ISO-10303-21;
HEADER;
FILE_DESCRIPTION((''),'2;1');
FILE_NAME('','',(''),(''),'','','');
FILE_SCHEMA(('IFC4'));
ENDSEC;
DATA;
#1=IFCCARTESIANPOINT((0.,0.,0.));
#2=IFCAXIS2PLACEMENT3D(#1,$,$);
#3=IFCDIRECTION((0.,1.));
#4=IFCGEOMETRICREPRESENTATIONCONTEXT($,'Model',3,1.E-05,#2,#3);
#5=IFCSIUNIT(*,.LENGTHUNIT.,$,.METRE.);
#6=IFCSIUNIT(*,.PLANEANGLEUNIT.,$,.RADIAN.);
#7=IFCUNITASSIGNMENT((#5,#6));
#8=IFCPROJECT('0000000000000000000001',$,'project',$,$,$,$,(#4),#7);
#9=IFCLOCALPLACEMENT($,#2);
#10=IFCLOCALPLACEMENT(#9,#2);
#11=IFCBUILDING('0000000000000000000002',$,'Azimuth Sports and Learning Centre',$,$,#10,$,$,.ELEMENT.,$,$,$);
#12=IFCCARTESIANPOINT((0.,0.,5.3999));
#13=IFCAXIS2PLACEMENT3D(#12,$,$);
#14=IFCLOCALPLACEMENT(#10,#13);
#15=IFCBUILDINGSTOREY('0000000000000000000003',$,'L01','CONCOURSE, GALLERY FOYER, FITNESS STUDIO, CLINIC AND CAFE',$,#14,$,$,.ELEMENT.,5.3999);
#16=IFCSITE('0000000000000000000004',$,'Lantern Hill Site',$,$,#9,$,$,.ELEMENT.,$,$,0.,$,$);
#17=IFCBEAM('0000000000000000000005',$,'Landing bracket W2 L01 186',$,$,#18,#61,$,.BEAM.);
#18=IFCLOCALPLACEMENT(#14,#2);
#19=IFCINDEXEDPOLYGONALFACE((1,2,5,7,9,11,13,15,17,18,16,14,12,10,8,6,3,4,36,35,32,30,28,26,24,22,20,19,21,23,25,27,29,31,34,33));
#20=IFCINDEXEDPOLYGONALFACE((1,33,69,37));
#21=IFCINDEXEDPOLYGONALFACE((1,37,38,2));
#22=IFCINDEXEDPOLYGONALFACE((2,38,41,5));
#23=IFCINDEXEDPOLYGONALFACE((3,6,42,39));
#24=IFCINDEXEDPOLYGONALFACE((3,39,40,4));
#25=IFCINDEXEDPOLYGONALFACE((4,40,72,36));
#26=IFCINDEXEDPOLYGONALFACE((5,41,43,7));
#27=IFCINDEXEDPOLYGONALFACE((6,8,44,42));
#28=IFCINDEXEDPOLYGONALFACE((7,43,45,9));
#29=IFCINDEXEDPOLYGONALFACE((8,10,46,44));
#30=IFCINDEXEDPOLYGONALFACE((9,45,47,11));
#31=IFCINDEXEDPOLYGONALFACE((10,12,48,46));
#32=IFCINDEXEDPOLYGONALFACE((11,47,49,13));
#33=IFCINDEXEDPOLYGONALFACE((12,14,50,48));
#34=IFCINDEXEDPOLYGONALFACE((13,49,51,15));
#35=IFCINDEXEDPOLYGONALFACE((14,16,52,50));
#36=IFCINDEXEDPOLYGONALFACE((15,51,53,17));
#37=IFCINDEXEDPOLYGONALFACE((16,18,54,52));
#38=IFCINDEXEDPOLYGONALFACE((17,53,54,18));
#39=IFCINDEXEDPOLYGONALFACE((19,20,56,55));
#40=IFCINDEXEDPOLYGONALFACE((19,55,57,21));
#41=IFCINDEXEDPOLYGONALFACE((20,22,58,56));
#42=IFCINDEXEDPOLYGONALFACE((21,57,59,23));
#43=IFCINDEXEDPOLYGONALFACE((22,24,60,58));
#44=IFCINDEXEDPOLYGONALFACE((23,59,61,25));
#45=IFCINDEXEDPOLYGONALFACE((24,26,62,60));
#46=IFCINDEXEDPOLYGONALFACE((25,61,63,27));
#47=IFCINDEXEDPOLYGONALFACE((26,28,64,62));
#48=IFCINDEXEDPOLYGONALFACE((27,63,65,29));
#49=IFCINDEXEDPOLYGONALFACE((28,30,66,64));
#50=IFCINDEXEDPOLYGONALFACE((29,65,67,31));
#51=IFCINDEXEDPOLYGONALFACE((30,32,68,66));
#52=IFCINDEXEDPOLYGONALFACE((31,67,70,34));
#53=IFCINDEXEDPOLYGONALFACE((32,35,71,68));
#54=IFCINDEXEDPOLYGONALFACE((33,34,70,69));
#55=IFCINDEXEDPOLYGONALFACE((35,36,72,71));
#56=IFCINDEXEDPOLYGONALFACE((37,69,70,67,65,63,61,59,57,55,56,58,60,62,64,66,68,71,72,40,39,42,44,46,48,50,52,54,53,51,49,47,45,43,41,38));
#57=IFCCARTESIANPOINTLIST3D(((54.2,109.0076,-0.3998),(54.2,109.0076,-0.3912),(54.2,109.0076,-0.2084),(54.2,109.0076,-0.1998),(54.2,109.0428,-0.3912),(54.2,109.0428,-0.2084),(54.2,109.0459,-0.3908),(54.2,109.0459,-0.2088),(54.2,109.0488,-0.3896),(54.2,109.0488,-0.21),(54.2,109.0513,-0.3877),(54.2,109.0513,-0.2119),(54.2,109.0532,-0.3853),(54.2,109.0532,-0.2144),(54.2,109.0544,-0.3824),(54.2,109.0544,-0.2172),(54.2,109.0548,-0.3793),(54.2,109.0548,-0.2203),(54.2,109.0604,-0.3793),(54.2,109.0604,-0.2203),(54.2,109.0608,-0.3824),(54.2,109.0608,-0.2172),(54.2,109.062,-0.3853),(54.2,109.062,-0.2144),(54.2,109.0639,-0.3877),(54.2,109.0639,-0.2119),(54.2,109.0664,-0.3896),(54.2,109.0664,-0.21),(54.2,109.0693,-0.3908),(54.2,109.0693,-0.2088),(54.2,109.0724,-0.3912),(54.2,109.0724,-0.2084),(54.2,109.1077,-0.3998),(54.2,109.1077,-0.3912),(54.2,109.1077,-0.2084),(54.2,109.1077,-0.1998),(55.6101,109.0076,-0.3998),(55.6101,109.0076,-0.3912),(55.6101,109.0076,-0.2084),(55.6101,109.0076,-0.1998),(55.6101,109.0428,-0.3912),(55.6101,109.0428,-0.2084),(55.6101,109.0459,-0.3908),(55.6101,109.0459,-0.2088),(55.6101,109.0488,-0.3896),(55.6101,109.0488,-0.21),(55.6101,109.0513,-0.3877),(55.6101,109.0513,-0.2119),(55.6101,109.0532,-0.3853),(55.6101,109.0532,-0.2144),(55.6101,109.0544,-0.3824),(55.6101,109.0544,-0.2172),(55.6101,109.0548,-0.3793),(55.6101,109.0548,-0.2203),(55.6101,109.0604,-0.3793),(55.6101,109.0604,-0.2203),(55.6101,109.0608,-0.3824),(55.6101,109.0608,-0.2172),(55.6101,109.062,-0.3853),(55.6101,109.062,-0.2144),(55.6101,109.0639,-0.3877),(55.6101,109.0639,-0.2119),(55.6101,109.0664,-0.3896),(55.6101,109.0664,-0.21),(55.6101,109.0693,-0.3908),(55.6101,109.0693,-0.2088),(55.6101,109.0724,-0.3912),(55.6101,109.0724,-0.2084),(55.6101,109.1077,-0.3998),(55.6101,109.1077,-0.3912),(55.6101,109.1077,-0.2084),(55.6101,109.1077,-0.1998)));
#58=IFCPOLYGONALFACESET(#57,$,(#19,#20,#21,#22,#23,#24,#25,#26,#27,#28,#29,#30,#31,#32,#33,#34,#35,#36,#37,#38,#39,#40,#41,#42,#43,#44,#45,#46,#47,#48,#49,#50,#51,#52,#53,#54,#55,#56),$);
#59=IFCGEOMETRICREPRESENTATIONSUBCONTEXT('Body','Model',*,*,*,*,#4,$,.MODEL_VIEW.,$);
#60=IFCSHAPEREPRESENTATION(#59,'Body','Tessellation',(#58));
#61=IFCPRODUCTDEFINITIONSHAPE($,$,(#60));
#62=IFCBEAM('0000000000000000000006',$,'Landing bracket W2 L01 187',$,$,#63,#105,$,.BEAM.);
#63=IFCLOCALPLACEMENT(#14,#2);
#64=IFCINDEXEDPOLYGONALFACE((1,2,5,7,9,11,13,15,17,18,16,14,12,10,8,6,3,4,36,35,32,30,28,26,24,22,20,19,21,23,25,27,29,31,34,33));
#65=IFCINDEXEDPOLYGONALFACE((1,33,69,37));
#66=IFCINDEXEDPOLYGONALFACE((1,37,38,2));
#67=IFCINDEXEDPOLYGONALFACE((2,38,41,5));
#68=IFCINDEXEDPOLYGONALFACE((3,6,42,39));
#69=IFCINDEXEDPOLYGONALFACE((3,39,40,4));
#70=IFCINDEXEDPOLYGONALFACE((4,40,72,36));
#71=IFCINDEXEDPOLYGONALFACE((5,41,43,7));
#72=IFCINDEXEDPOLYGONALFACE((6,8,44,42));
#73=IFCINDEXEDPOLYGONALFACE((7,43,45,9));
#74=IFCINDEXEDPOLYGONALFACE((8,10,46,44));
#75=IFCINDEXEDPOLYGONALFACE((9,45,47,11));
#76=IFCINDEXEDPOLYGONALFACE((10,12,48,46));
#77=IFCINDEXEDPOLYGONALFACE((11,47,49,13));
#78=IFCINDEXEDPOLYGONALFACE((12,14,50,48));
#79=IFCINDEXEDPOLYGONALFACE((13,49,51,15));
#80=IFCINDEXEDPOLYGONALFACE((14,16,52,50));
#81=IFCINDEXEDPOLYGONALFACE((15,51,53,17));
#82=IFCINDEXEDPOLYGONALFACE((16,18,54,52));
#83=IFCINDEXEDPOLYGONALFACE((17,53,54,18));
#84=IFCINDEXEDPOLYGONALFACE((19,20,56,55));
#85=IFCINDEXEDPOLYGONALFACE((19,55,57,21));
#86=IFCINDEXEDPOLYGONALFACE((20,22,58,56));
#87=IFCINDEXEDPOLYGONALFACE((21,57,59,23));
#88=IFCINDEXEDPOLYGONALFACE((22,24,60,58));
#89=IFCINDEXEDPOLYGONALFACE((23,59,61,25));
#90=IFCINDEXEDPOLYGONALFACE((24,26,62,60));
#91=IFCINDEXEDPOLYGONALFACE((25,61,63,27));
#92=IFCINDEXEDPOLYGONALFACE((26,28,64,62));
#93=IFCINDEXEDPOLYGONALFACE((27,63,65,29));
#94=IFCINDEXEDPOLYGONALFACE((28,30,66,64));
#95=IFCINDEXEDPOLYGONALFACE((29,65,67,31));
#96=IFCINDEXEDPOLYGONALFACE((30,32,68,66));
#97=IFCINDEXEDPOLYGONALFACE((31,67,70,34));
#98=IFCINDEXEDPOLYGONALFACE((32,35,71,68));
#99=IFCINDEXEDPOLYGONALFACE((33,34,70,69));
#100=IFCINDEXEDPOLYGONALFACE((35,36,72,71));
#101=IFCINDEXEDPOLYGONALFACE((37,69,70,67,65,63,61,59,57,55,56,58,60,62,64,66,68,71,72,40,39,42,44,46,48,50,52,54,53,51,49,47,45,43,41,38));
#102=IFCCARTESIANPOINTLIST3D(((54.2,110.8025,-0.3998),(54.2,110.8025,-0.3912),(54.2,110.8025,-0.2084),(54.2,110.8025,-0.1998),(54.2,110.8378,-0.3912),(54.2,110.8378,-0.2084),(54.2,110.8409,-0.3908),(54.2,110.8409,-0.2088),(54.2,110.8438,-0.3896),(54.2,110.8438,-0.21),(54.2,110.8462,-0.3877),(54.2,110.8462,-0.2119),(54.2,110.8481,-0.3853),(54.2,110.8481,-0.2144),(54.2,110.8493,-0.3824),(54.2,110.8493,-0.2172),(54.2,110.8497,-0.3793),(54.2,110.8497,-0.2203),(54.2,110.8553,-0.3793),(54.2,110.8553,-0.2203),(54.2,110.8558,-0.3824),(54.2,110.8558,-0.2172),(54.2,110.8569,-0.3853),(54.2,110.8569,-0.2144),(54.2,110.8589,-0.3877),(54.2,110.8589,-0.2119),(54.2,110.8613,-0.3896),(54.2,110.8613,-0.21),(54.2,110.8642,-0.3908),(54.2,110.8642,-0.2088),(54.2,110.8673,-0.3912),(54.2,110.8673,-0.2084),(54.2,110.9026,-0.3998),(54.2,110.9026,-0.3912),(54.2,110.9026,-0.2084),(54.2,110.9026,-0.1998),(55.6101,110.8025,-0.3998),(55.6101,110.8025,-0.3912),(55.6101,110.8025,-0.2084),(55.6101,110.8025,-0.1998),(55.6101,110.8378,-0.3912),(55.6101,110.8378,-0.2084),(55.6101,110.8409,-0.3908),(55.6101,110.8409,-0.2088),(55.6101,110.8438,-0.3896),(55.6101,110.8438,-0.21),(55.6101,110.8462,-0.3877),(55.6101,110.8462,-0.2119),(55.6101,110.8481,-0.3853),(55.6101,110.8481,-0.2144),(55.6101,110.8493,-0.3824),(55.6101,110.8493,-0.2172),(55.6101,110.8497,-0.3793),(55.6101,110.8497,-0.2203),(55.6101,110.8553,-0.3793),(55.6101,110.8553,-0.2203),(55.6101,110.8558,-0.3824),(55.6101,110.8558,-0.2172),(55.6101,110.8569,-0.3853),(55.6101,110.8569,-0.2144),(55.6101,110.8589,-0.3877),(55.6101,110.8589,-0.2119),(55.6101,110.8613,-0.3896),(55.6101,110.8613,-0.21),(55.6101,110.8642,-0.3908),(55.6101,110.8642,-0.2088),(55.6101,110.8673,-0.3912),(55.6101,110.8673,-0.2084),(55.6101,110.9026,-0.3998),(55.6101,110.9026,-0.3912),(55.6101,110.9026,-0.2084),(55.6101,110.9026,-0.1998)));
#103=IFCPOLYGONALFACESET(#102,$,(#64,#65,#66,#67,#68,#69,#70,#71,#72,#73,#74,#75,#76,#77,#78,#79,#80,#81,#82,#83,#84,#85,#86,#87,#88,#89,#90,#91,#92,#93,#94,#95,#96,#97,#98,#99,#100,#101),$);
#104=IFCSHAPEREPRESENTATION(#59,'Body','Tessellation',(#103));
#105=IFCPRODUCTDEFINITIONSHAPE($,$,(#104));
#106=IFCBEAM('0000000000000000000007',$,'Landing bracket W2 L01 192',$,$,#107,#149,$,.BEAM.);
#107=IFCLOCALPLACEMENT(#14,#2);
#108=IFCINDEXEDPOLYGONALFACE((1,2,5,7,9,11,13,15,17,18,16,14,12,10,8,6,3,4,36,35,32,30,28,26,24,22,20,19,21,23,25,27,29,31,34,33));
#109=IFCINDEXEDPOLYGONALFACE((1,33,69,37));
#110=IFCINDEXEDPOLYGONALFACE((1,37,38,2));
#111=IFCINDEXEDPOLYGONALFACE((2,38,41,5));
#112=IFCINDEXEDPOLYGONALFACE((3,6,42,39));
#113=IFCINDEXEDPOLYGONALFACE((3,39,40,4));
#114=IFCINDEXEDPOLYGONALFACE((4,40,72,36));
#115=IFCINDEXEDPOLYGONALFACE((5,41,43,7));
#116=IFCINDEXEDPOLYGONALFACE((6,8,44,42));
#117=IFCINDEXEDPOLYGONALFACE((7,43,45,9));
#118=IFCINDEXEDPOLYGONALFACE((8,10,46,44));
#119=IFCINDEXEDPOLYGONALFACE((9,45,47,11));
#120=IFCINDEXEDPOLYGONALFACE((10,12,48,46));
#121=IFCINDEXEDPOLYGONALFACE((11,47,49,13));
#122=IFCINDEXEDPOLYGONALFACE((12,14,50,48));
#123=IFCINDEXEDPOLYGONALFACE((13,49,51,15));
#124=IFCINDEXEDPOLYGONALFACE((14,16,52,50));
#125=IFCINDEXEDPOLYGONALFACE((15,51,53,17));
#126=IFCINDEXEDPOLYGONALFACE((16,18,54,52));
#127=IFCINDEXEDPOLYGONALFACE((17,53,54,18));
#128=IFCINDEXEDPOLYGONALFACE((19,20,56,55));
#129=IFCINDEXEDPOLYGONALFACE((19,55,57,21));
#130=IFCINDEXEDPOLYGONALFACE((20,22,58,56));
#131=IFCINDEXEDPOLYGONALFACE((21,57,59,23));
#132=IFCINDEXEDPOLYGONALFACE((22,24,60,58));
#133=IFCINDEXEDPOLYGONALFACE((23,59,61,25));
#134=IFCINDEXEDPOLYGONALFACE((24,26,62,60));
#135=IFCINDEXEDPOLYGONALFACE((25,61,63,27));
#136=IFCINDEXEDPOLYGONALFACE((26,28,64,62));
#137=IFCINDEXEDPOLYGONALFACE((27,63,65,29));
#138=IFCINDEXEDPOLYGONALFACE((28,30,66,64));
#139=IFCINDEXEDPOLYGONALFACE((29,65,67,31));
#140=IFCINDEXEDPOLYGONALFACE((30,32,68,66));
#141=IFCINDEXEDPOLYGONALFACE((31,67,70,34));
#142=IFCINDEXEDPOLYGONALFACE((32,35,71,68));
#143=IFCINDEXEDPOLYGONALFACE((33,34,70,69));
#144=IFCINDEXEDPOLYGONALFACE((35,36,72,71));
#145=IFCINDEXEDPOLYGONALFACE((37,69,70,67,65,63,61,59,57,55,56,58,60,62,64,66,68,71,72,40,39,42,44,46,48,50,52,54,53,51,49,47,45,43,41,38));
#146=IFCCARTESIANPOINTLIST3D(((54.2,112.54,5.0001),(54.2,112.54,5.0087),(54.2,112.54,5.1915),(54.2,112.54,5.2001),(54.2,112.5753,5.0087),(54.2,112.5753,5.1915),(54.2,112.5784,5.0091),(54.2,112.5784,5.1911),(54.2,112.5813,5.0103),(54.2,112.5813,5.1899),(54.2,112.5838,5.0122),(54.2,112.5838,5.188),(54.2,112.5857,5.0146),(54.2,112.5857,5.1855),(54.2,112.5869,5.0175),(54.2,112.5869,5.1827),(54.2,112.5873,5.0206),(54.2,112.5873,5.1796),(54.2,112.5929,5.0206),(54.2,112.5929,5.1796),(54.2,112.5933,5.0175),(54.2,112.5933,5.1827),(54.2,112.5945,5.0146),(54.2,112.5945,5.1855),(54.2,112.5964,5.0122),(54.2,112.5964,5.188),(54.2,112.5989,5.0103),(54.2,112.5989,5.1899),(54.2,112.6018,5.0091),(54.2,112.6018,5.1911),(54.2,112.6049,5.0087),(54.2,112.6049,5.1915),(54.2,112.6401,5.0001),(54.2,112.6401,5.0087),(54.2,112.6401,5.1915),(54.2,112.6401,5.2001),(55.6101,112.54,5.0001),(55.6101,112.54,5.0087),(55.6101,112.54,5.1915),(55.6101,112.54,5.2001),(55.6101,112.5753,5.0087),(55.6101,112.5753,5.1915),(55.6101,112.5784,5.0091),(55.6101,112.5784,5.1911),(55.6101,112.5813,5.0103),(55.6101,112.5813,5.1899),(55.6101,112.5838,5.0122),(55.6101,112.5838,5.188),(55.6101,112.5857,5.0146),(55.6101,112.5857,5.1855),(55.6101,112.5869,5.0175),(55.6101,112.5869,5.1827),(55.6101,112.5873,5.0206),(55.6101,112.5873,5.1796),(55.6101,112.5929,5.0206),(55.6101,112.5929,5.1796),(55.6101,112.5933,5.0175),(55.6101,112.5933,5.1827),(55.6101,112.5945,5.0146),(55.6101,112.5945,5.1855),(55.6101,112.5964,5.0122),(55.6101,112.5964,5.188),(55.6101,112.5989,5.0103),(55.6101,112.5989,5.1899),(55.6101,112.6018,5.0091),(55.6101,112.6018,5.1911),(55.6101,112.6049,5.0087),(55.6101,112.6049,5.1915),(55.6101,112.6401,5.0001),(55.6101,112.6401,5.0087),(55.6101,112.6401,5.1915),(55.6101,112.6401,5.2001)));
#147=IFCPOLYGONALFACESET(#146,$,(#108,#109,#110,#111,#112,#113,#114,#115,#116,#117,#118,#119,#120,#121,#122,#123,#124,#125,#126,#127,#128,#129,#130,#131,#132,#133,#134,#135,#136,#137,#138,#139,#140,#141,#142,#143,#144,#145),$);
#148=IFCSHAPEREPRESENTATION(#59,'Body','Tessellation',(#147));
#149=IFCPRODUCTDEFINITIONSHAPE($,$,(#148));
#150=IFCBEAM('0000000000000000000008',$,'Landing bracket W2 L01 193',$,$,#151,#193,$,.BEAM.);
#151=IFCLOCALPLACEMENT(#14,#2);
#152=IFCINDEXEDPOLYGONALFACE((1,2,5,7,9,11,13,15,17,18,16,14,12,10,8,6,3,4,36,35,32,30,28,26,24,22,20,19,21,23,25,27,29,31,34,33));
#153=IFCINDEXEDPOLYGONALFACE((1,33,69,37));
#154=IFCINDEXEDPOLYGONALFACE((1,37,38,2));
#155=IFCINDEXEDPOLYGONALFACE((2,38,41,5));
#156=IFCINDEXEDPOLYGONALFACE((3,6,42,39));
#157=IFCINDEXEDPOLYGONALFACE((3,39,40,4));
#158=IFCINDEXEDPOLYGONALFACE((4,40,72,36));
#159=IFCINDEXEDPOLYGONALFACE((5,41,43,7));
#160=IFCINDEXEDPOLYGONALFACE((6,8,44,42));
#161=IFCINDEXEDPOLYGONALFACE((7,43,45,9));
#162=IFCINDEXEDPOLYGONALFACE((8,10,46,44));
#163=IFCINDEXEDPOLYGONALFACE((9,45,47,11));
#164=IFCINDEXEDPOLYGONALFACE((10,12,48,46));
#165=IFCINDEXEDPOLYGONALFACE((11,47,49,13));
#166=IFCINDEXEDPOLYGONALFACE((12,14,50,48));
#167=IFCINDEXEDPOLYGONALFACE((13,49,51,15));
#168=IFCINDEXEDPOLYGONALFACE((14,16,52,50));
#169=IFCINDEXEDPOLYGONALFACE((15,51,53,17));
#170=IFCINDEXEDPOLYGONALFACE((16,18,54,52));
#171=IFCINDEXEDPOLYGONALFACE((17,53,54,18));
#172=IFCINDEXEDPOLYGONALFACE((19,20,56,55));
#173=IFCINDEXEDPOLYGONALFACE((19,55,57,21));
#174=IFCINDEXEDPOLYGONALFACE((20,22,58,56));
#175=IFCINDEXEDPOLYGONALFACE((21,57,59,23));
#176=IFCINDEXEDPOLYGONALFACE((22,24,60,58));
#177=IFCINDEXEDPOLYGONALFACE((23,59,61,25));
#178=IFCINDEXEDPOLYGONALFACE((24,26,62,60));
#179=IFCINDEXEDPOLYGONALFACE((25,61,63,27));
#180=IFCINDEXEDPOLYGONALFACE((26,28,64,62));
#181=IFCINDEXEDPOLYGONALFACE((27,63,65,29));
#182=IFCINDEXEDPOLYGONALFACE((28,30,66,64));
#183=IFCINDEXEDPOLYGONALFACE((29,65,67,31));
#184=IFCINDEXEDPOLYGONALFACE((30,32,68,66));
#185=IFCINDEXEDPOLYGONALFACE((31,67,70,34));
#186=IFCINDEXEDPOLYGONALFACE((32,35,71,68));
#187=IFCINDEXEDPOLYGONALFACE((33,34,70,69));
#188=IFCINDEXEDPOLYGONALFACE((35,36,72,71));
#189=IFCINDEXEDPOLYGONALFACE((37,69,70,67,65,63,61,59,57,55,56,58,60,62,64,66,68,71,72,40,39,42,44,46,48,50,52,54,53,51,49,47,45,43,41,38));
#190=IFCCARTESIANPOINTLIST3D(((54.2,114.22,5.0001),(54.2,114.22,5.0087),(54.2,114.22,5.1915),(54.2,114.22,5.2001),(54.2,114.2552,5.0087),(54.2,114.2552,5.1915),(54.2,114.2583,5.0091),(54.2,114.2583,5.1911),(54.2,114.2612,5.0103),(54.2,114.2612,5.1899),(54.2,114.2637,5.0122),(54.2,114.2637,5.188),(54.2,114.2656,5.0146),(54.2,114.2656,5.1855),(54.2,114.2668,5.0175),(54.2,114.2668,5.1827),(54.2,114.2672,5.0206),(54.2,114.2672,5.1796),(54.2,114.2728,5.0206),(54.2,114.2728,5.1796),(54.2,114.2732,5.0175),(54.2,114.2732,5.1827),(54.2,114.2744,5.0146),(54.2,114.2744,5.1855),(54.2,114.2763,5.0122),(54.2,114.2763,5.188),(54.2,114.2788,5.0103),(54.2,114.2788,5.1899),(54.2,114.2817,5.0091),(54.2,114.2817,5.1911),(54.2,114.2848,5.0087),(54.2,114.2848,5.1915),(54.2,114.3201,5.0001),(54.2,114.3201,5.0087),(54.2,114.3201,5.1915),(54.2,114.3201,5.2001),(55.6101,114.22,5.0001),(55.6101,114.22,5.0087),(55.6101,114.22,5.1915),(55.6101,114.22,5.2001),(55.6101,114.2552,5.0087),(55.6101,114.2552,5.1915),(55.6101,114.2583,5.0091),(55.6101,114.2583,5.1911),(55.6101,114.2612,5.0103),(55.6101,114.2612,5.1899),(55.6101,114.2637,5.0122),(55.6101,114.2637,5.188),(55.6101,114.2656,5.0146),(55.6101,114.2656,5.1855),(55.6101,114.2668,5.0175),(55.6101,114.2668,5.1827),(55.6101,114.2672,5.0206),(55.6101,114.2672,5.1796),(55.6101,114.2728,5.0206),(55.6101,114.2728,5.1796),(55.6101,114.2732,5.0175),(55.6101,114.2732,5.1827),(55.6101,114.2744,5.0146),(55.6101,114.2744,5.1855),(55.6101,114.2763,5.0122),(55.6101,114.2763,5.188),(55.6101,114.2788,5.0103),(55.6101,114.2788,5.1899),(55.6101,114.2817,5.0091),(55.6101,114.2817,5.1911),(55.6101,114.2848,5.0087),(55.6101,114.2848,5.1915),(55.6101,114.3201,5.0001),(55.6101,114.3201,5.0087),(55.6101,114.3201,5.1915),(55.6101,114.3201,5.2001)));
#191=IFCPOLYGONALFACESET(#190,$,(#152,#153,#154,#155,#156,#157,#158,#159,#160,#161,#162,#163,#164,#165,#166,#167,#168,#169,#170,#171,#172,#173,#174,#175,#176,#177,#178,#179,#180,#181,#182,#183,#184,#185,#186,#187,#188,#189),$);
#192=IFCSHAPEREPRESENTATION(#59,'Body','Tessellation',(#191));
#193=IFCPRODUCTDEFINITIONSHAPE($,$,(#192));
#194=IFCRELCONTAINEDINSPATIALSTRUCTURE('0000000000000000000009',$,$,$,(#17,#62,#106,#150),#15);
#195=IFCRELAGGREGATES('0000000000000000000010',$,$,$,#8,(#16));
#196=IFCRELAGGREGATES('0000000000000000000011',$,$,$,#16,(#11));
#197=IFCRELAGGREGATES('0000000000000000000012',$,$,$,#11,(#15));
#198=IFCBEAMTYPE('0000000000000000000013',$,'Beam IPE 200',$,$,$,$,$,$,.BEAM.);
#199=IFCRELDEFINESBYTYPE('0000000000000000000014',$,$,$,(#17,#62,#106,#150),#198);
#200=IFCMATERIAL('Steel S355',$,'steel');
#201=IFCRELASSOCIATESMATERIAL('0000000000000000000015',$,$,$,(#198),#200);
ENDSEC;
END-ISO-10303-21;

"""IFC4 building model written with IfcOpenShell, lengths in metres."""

from ifc_helpers import new_model, si_unit, direction, frame, origin, origin_2d, place, context, subcontext, project, spatial, i_section, extrude, material, material_profile, profile_set, type_object, element, save


model = new_model("IFC4")

# Units and contexts
model_context = context("Model", 3, precision=1e-05, world=origin(), true_north=direction((0.0, 1.0)))
body_context = subcontext(model_context, "Body", "Model", "MODEL_VIEW")
ifc_project = project(units=[si_unit("LENGTHUNIT", "METRE"), si_unit("PLANEANGLEUNIT", "RADIAN")], contexts=[model_context])

# Site, building, storey
site_placement = place(None, origin())
site = spatial("IfcSite", under=ifc_project, at=site_placement, Name="Lantern Hill Site", CompositionType="ELEMENT", RefElevation=0.0)
building_placement = place(site_placement, origin())
building = spatial("IfcBuilding", under=site, at=building_placement, Name="Azimuth Sports and Learning Centre", CompositionType="ELEMENT")
storey_placement = place(building_placement, frame((0.0, 0.0, 5.3999)))
storey = spatial("IfcBuildingStorey", under=building, at=storey_placement, Name="L01", Description="CONCOURSE, GALLERY FOYER, FITNESS STUDIO, CLINIC AND CAFE", CompositionType="ELEMENT", Elevation=5.3999)

# Beams
ifc_material_1 = material(Name="Steel S355", Category="steel")
ifc_material_profile_1 = material_profile(ifc_material_1, i_section(OverallWidth=0.1001, OverallDepth=0.2, WebThickness=0.0056, FlangeThickness=0.0085, FilletRadius=0.012, at=origin_2d()), Name="IPE 200")
ifc_profile_set_1 = profile_set([ifc_material_profile_1], Name="Steel S355")
beam_type_1 = type_object("IfcBeamType", Name="Beam IPE 200", PredefinedType="BEAM", material=ifc_profile_set_1)
for number, where, z_axis, x_axis, name in (
    (1, (54.2, 109.0576, -0.2998), (1.0, 0.0, 0.0), (0.0, 1.0, 0.0), "Landing bracket W2 L01 186"),
    (2, (54.2, 110.8525, -0.2998), (1.0, 0.0, 0.0), (0.0, 1.0, 0.0), "Landing bracket W2 L01 187"),
    (3, (54.2, 112.5901, 5.1001), (1.0, 0.0, 0.0), (0.0, 1.0, 0.0), "Landing bracket W2 L01 192"),
    (4, (54.2, 114.27, 5.1001), (1.0, 0.0, 0.0), (0.0, 1.0, 0.0), "Landing bracket W2 L01 193"),
):
    element("IfcBeam", number, at=place(storey_placement, frame(where, z_axis=z_axis, x_axis=x_axis)), inside=storey, type_object=beam_type_1, Name=name, PredefinedType="BEAM", context=body_context, shape_type="SweptSolid", body=[
        extrude(i_section(OverallWidth=0.1001, OverallDepth=0.2, WebThickness=0.0056, FlangeThickness=0.0085, FilletRadius=0.012, at=origin_2d()), origin(), (0.0, 0.0, 1.0), 1.4102),
    ])

save(model, "model.ifc")
